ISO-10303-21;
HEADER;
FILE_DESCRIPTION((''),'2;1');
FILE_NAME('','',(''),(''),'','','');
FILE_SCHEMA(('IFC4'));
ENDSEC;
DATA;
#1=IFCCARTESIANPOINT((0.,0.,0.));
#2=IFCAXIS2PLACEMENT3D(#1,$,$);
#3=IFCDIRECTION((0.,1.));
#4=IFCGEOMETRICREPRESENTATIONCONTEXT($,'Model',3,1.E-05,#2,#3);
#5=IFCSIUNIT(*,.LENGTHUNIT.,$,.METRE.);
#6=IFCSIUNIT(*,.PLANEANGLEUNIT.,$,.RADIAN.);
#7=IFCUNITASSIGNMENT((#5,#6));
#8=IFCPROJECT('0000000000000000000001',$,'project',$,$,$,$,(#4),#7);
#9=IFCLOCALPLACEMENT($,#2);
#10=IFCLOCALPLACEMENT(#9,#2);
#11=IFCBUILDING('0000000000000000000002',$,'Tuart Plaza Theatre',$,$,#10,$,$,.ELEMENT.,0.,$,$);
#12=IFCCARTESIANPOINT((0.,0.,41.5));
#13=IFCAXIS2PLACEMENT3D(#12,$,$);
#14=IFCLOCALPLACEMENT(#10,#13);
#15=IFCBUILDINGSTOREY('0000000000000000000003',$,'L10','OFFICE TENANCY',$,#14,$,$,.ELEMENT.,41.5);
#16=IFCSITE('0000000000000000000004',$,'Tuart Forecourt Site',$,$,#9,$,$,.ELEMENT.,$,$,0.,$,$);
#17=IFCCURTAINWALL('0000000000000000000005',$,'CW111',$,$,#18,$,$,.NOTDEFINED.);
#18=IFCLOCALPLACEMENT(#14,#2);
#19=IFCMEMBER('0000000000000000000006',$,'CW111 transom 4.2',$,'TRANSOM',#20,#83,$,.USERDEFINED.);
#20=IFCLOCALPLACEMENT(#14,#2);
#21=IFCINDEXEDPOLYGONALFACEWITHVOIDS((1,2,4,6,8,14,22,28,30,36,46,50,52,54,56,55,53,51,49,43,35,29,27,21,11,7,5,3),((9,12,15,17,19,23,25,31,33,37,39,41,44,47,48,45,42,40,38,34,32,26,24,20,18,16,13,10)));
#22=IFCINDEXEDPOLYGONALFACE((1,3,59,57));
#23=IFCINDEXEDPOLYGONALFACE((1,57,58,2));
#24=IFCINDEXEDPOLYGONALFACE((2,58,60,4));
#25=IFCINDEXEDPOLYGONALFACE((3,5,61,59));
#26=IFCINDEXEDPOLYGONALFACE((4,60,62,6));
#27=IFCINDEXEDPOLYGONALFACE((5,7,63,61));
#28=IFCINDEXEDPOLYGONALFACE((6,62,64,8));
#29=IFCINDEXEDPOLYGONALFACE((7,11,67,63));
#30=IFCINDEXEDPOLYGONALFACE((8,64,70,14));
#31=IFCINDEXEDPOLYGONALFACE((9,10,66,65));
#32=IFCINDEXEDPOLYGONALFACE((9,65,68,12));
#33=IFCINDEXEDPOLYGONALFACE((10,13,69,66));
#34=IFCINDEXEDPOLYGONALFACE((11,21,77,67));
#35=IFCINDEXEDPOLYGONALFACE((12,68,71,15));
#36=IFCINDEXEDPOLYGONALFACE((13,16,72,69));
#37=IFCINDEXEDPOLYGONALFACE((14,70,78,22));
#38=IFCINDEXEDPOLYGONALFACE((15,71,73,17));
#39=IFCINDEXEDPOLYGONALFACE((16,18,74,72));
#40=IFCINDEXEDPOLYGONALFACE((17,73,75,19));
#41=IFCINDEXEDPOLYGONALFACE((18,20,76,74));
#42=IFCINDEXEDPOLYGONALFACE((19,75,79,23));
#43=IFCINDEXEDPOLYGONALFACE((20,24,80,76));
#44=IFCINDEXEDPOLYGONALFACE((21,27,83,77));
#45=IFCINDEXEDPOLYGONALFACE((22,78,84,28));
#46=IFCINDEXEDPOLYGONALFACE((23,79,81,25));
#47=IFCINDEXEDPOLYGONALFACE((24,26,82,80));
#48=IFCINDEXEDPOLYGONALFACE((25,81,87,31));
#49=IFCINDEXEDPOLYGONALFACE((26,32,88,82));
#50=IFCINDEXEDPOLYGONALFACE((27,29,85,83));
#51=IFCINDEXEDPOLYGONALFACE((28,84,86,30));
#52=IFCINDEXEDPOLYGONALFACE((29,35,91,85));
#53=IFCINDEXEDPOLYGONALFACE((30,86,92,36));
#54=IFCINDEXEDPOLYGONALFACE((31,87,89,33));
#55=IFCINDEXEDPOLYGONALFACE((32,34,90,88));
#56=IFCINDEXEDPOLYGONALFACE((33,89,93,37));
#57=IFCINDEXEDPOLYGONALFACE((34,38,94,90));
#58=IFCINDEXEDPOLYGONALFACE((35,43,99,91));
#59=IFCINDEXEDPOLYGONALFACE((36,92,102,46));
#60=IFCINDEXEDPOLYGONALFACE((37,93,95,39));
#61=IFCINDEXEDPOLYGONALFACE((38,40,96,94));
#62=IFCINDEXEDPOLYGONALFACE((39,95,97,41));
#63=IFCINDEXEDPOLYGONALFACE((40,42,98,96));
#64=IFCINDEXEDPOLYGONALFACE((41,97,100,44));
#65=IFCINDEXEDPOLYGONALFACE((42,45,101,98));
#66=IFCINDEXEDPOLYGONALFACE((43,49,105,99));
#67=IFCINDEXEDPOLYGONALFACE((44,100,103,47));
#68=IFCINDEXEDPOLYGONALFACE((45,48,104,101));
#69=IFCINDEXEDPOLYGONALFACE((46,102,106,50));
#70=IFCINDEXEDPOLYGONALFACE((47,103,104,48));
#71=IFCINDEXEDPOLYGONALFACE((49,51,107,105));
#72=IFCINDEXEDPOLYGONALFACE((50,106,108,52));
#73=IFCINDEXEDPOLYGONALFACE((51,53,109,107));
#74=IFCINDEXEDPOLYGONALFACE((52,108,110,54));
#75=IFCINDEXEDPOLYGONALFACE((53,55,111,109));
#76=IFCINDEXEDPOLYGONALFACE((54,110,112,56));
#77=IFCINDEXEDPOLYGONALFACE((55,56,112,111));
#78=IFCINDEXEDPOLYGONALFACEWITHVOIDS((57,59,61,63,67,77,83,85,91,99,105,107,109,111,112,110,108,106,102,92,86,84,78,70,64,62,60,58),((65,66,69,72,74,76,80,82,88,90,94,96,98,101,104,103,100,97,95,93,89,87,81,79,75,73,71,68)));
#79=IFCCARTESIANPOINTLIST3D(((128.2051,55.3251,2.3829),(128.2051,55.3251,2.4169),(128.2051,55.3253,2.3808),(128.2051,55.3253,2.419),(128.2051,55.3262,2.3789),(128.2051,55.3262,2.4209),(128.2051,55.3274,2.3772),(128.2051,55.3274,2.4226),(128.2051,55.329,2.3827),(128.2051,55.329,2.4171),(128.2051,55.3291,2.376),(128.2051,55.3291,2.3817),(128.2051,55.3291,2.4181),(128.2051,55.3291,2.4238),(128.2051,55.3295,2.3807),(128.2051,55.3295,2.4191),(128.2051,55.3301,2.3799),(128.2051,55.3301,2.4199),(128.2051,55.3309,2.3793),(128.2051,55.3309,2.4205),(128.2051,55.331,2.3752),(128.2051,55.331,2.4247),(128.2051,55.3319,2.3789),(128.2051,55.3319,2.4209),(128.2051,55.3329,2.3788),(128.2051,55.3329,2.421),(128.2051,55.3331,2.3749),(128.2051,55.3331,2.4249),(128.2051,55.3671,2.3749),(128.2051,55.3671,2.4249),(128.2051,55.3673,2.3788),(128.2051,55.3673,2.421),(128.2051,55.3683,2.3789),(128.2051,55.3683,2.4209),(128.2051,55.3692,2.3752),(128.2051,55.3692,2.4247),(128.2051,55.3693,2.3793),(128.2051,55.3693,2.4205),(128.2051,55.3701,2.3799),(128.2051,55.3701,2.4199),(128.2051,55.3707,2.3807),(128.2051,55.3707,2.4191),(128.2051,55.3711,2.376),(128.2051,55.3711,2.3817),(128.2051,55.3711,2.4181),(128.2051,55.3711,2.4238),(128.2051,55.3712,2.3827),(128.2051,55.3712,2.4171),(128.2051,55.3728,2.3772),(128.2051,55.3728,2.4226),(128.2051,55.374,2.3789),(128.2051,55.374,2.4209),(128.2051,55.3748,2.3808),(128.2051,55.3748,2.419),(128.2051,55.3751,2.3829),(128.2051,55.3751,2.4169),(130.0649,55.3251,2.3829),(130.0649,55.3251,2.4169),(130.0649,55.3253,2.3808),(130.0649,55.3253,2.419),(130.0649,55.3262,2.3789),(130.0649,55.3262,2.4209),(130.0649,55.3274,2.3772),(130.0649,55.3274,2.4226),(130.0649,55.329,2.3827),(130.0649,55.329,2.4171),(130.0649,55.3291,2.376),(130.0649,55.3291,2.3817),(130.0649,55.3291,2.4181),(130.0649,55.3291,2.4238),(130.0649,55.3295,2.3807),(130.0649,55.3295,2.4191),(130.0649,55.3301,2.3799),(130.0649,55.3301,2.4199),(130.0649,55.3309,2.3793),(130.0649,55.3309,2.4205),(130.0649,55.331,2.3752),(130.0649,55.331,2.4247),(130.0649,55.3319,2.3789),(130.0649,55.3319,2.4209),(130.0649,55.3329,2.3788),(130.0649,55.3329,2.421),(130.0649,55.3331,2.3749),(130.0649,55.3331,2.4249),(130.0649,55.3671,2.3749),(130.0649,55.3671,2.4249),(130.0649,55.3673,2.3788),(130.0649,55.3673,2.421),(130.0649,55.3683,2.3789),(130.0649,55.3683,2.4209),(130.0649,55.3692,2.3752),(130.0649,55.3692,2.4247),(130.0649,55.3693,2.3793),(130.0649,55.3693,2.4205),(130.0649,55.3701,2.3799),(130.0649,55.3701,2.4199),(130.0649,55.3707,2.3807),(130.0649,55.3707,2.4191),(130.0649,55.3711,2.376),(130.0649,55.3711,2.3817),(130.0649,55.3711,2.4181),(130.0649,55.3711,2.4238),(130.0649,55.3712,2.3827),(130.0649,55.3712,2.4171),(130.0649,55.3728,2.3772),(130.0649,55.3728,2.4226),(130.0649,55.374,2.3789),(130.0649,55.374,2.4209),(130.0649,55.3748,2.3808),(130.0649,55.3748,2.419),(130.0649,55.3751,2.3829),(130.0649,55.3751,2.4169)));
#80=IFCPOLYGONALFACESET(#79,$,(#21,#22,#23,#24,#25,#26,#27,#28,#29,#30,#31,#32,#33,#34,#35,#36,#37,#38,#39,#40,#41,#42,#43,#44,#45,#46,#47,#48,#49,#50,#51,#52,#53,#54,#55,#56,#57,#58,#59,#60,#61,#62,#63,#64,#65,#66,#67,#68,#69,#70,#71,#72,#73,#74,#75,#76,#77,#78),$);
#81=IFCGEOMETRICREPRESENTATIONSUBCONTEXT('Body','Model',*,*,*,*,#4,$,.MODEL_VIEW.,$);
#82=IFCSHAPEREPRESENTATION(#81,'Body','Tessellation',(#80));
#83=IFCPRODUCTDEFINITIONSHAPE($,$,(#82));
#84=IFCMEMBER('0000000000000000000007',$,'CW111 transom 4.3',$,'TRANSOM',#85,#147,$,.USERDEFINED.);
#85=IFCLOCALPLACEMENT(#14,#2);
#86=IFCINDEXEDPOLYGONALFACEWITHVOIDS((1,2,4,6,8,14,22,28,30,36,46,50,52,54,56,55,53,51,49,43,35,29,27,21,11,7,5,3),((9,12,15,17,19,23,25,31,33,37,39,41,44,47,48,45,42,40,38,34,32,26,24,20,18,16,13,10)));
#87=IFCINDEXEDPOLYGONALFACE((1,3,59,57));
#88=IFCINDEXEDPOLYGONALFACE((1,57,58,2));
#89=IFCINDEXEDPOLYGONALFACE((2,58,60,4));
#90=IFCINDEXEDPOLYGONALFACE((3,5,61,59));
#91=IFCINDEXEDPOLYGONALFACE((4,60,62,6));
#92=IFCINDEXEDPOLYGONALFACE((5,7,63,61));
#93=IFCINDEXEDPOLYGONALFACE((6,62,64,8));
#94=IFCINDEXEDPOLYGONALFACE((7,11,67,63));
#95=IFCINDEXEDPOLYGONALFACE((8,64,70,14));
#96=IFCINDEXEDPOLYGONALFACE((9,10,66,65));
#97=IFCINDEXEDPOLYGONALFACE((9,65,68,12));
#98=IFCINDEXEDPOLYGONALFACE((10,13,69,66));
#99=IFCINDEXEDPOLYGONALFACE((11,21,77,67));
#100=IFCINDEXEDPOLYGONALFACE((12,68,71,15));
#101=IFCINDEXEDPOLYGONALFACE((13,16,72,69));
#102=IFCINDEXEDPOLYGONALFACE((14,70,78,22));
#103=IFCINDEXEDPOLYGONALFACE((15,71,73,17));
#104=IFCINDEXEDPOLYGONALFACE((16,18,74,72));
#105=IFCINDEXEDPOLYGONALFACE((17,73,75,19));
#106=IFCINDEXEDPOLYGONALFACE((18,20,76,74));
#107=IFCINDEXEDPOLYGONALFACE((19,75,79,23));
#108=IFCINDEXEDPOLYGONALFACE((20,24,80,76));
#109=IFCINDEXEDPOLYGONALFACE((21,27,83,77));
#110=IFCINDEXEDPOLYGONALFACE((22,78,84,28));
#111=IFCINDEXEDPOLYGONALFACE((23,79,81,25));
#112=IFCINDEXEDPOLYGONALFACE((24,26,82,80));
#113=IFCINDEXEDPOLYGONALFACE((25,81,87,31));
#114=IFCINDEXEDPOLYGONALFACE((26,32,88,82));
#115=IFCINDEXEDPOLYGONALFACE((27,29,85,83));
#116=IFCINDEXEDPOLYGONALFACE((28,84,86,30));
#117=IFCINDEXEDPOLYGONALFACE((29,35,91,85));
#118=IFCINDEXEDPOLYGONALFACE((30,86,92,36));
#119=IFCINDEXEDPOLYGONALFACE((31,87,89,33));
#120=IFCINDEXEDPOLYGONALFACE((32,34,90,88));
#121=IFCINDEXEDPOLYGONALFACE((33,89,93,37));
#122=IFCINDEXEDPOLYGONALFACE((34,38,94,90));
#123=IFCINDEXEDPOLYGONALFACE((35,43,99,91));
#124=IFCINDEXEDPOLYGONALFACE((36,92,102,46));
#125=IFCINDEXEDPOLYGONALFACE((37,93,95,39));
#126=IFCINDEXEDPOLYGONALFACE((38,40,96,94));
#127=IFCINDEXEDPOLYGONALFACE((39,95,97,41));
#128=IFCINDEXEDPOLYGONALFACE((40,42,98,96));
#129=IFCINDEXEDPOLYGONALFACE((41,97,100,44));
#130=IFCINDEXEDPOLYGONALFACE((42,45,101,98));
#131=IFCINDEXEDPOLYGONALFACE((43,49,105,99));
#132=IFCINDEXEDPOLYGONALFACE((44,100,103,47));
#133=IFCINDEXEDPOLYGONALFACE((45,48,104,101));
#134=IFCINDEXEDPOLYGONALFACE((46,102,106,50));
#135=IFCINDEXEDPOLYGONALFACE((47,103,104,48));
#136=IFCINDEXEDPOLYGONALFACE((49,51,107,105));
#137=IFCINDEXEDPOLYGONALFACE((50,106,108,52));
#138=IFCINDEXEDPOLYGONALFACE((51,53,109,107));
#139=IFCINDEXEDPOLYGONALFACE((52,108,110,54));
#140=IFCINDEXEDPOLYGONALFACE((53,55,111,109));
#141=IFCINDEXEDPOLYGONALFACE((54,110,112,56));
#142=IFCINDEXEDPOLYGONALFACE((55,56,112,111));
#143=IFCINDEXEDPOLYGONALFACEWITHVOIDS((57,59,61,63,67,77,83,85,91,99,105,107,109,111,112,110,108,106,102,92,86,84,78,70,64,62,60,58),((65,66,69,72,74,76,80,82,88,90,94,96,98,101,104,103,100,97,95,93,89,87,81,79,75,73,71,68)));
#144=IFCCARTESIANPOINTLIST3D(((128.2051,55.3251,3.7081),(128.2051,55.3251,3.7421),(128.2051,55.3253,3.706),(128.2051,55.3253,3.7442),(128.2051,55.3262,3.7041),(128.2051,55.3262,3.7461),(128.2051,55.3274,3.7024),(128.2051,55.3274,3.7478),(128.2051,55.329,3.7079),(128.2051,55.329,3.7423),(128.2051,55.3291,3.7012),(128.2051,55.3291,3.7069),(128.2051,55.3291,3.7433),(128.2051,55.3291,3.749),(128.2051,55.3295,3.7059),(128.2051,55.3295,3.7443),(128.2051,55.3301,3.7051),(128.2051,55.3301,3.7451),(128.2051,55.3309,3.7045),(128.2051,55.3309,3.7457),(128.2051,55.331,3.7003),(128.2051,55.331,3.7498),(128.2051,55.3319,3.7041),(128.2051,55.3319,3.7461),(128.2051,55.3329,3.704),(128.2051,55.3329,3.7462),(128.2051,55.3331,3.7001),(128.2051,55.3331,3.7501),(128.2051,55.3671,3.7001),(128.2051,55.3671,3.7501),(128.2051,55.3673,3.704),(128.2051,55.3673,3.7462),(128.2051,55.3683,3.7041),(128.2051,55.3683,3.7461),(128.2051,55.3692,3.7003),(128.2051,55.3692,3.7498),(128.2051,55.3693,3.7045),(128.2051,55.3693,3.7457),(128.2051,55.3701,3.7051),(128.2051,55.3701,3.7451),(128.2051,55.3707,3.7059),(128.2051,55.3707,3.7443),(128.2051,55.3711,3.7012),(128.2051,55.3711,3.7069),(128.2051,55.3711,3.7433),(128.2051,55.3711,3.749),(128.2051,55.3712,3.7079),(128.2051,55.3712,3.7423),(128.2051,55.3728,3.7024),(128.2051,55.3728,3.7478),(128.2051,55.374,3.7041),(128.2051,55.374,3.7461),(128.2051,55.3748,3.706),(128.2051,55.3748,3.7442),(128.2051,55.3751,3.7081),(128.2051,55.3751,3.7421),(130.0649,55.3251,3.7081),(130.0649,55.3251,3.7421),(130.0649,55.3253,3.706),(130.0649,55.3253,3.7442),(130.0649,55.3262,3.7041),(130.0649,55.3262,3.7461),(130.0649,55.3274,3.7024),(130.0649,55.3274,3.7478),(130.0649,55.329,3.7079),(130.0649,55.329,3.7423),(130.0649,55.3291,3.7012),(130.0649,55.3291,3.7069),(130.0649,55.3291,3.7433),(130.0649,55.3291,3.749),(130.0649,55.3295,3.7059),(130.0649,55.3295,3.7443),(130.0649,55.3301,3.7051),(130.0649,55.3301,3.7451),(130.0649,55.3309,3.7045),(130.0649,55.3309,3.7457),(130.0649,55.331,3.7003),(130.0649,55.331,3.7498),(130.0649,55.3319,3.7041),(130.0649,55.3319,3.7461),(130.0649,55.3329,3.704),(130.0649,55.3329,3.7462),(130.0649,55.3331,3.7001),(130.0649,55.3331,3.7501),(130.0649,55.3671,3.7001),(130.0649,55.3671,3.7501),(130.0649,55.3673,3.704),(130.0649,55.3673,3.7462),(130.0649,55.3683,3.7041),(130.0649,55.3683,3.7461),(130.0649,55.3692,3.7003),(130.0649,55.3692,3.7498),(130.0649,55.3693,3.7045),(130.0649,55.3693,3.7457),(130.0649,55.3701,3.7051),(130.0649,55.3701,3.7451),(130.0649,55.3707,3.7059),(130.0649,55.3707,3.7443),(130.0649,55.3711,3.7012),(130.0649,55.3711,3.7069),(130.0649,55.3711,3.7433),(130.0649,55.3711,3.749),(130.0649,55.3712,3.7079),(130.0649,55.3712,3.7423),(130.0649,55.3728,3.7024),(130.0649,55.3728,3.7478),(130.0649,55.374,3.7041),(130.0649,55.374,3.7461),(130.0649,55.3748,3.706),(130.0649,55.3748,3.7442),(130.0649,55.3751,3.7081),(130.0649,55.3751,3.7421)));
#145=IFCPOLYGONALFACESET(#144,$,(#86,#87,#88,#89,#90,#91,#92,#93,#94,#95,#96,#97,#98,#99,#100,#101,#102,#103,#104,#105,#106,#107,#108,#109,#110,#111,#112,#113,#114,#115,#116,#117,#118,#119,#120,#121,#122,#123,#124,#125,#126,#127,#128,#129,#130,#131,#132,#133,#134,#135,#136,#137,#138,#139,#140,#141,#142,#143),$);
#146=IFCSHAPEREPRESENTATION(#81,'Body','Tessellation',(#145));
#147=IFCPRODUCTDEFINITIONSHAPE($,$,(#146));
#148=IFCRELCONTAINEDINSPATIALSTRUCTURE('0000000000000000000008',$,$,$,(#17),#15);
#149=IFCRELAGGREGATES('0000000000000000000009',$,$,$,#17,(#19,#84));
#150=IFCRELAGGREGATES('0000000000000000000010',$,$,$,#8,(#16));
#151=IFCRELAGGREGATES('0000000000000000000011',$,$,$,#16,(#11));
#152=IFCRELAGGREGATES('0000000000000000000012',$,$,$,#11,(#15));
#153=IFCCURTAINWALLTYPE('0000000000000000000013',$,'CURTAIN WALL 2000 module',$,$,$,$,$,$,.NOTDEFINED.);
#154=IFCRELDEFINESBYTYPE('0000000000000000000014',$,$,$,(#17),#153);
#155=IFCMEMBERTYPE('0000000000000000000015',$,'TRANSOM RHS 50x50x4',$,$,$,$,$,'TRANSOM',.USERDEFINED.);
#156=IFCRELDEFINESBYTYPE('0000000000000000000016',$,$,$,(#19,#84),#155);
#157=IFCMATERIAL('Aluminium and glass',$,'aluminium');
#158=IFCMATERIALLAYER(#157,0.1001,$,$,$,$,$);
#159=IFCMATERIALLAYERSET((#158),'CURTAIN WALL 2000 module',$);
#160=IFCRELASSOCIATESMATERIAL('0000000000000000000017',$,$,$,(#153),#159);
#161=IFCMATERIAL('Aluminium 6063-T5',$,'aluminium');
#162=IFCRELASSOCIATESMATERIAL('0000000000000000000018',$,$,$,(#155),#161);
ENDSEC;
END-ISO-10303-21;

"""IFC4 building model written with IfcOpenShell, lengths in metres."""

from ifc_helpers import new_model, si_unit, direction, frame, origin, origin_2d, place, context, subcontext, project, spatial, hollow_rectangle, extrude, material, layer, layer_set, material_profile, profile_set, type_object, element, aggregate, save


model = new_model("IFC4")

# Units and contexts
model_context = context("Model", 3, precision=1e-05, world=origin(), true_north=direction((0.0, 1.0)))
body_context = subcontext(model_context, "Body", "Model", "MODEL_VIEW")
ifc_project = project(units=[si_unit("LENGTHUNIT", "METRE"), si_unit("PLANEANGLEUNIT", "RADIAN")], contexts=[model_context])

# Site, building, storey
site_placement = place(None, origin())
site = spatial("IfcSite", under=ifc_project, at=site_placement, Name="Tuart Forecourt Site", CompositionType="ELEMENT", RefElevation=0.0)
building_placement = place(site_placement, origin())
building = spatial("IfcBuilding", under=site, at=building_placement, Name="Tuart Plaza Theatre", CompositionType="ELEMENT", ElevationOfRefHeight=0.0)
storey_placement = place(building_placement, frame((0.0, 0.0, 41.5)))
storey = spatial("IfcBuildingStorey", under=building, at=storey_placement, Name="L10", Description="OFFICE TENANCY", CompositionType="ELEMENT", Elevation=41.5)

# Shared definitions
ifc_material_1 = material(Name="Aluminium and glass", Category="aluminium")
ifc_layer_1 = layer(ifc_material_1, 0.1001)
ifc_layer_set_1 = layer_set([ifc_layer_1], Name="CURTAIN WALL 2000 module")
curtain_wall_type = type_object("IfcCurtainWallType", Name="CURTAIN WALL 2000 module", PredefinedType="NOTDEFINED", material=ifc_layer_set_1)

# Curtain wall
curtain_wall_1_placement = place(storey_placement, origin())
curtain_wall_1 = element("IfcCurtainWall", 1, at=curtain_wall_1_placement, inside=storey, type_object=curtain_wall_type, Name="CW111", PredefinedType="NOTDEFINED")

# Members
ifc_material_2 = material(Name="Aluminium 6063-T5", Category="aluminium")
ifc_material_profile_1 = material_profile(ifc_material_2, hollow_rectangle(XDim=0.05, YDim=0.05, WallThickness=0.0039, InnerFilletRadius=0.0039, OuterFilletRadius=0.0081, at=origin_2d()), Name="RHS 50x50x4")
ifc_profile_set_1 = profile_set([ifc_material_profile_1], Name="Aluminium 6063-T5")
member_type_1 = type_object("IfcMemberType", Name="TRANSOM RHS 50x50x4", ElementType="TRANSOM", PredefinedType="USERDEFINED", material=ifc_profile_set_1)
member_1_placement = place(storey_placement, frame((128.2051, 55.3501, 2.3999), z_axis=(1.0, 0.0, 0.0), x_axis=(0.0, 1.0, 0.0)))
member_1 = element("IfcMember", 2, at=member_1_placement, type_object=member_type_1, Name="CW111 transom 4.2", ObjectType="TRANSOM", PredefinedType="USERDEFINED", context=body_context, shape_type="SweptSolid", body=[
    extrude(hollow_rectangle(XDim=0.05, YDim=0.05, WallThickness=0.0039, InnerFilletRadius=0.0039, OuterFilletRadius=0.0081, at=origin_2d()), origin(), (0.0, 0.0, 1.0), 1.8599),
])
member_2_placement = place(storey_placement, frame((128.2051, 55.3501, 3.7251), z_axis=(1.0, 0.0, 0.0), x_axis=(0.0, 1.0, 0.0)))
member_2 = element("IfcMember", 3, at=member_2_placement, type_object=member_type_1, Name="CW111 transom 4.3", ObjectType="TRANSOM", PredefinedType="USERDEFINED", context=body_context, shape_type="SweptSolid", body=[
    extrude(hollow_rectangle(XDim=0.05, YDim=0.05, WallThickness=0.0039, InnerFilletRadius=0.0039, OuterFilletRadius=0.0081, at=origin_2d()), origin(), (0.0, 0.0, 1.0), 1.8599),
])

aggregate(curtain_wall_1, [member_1, member_2])

save(model, "model.ifc")
